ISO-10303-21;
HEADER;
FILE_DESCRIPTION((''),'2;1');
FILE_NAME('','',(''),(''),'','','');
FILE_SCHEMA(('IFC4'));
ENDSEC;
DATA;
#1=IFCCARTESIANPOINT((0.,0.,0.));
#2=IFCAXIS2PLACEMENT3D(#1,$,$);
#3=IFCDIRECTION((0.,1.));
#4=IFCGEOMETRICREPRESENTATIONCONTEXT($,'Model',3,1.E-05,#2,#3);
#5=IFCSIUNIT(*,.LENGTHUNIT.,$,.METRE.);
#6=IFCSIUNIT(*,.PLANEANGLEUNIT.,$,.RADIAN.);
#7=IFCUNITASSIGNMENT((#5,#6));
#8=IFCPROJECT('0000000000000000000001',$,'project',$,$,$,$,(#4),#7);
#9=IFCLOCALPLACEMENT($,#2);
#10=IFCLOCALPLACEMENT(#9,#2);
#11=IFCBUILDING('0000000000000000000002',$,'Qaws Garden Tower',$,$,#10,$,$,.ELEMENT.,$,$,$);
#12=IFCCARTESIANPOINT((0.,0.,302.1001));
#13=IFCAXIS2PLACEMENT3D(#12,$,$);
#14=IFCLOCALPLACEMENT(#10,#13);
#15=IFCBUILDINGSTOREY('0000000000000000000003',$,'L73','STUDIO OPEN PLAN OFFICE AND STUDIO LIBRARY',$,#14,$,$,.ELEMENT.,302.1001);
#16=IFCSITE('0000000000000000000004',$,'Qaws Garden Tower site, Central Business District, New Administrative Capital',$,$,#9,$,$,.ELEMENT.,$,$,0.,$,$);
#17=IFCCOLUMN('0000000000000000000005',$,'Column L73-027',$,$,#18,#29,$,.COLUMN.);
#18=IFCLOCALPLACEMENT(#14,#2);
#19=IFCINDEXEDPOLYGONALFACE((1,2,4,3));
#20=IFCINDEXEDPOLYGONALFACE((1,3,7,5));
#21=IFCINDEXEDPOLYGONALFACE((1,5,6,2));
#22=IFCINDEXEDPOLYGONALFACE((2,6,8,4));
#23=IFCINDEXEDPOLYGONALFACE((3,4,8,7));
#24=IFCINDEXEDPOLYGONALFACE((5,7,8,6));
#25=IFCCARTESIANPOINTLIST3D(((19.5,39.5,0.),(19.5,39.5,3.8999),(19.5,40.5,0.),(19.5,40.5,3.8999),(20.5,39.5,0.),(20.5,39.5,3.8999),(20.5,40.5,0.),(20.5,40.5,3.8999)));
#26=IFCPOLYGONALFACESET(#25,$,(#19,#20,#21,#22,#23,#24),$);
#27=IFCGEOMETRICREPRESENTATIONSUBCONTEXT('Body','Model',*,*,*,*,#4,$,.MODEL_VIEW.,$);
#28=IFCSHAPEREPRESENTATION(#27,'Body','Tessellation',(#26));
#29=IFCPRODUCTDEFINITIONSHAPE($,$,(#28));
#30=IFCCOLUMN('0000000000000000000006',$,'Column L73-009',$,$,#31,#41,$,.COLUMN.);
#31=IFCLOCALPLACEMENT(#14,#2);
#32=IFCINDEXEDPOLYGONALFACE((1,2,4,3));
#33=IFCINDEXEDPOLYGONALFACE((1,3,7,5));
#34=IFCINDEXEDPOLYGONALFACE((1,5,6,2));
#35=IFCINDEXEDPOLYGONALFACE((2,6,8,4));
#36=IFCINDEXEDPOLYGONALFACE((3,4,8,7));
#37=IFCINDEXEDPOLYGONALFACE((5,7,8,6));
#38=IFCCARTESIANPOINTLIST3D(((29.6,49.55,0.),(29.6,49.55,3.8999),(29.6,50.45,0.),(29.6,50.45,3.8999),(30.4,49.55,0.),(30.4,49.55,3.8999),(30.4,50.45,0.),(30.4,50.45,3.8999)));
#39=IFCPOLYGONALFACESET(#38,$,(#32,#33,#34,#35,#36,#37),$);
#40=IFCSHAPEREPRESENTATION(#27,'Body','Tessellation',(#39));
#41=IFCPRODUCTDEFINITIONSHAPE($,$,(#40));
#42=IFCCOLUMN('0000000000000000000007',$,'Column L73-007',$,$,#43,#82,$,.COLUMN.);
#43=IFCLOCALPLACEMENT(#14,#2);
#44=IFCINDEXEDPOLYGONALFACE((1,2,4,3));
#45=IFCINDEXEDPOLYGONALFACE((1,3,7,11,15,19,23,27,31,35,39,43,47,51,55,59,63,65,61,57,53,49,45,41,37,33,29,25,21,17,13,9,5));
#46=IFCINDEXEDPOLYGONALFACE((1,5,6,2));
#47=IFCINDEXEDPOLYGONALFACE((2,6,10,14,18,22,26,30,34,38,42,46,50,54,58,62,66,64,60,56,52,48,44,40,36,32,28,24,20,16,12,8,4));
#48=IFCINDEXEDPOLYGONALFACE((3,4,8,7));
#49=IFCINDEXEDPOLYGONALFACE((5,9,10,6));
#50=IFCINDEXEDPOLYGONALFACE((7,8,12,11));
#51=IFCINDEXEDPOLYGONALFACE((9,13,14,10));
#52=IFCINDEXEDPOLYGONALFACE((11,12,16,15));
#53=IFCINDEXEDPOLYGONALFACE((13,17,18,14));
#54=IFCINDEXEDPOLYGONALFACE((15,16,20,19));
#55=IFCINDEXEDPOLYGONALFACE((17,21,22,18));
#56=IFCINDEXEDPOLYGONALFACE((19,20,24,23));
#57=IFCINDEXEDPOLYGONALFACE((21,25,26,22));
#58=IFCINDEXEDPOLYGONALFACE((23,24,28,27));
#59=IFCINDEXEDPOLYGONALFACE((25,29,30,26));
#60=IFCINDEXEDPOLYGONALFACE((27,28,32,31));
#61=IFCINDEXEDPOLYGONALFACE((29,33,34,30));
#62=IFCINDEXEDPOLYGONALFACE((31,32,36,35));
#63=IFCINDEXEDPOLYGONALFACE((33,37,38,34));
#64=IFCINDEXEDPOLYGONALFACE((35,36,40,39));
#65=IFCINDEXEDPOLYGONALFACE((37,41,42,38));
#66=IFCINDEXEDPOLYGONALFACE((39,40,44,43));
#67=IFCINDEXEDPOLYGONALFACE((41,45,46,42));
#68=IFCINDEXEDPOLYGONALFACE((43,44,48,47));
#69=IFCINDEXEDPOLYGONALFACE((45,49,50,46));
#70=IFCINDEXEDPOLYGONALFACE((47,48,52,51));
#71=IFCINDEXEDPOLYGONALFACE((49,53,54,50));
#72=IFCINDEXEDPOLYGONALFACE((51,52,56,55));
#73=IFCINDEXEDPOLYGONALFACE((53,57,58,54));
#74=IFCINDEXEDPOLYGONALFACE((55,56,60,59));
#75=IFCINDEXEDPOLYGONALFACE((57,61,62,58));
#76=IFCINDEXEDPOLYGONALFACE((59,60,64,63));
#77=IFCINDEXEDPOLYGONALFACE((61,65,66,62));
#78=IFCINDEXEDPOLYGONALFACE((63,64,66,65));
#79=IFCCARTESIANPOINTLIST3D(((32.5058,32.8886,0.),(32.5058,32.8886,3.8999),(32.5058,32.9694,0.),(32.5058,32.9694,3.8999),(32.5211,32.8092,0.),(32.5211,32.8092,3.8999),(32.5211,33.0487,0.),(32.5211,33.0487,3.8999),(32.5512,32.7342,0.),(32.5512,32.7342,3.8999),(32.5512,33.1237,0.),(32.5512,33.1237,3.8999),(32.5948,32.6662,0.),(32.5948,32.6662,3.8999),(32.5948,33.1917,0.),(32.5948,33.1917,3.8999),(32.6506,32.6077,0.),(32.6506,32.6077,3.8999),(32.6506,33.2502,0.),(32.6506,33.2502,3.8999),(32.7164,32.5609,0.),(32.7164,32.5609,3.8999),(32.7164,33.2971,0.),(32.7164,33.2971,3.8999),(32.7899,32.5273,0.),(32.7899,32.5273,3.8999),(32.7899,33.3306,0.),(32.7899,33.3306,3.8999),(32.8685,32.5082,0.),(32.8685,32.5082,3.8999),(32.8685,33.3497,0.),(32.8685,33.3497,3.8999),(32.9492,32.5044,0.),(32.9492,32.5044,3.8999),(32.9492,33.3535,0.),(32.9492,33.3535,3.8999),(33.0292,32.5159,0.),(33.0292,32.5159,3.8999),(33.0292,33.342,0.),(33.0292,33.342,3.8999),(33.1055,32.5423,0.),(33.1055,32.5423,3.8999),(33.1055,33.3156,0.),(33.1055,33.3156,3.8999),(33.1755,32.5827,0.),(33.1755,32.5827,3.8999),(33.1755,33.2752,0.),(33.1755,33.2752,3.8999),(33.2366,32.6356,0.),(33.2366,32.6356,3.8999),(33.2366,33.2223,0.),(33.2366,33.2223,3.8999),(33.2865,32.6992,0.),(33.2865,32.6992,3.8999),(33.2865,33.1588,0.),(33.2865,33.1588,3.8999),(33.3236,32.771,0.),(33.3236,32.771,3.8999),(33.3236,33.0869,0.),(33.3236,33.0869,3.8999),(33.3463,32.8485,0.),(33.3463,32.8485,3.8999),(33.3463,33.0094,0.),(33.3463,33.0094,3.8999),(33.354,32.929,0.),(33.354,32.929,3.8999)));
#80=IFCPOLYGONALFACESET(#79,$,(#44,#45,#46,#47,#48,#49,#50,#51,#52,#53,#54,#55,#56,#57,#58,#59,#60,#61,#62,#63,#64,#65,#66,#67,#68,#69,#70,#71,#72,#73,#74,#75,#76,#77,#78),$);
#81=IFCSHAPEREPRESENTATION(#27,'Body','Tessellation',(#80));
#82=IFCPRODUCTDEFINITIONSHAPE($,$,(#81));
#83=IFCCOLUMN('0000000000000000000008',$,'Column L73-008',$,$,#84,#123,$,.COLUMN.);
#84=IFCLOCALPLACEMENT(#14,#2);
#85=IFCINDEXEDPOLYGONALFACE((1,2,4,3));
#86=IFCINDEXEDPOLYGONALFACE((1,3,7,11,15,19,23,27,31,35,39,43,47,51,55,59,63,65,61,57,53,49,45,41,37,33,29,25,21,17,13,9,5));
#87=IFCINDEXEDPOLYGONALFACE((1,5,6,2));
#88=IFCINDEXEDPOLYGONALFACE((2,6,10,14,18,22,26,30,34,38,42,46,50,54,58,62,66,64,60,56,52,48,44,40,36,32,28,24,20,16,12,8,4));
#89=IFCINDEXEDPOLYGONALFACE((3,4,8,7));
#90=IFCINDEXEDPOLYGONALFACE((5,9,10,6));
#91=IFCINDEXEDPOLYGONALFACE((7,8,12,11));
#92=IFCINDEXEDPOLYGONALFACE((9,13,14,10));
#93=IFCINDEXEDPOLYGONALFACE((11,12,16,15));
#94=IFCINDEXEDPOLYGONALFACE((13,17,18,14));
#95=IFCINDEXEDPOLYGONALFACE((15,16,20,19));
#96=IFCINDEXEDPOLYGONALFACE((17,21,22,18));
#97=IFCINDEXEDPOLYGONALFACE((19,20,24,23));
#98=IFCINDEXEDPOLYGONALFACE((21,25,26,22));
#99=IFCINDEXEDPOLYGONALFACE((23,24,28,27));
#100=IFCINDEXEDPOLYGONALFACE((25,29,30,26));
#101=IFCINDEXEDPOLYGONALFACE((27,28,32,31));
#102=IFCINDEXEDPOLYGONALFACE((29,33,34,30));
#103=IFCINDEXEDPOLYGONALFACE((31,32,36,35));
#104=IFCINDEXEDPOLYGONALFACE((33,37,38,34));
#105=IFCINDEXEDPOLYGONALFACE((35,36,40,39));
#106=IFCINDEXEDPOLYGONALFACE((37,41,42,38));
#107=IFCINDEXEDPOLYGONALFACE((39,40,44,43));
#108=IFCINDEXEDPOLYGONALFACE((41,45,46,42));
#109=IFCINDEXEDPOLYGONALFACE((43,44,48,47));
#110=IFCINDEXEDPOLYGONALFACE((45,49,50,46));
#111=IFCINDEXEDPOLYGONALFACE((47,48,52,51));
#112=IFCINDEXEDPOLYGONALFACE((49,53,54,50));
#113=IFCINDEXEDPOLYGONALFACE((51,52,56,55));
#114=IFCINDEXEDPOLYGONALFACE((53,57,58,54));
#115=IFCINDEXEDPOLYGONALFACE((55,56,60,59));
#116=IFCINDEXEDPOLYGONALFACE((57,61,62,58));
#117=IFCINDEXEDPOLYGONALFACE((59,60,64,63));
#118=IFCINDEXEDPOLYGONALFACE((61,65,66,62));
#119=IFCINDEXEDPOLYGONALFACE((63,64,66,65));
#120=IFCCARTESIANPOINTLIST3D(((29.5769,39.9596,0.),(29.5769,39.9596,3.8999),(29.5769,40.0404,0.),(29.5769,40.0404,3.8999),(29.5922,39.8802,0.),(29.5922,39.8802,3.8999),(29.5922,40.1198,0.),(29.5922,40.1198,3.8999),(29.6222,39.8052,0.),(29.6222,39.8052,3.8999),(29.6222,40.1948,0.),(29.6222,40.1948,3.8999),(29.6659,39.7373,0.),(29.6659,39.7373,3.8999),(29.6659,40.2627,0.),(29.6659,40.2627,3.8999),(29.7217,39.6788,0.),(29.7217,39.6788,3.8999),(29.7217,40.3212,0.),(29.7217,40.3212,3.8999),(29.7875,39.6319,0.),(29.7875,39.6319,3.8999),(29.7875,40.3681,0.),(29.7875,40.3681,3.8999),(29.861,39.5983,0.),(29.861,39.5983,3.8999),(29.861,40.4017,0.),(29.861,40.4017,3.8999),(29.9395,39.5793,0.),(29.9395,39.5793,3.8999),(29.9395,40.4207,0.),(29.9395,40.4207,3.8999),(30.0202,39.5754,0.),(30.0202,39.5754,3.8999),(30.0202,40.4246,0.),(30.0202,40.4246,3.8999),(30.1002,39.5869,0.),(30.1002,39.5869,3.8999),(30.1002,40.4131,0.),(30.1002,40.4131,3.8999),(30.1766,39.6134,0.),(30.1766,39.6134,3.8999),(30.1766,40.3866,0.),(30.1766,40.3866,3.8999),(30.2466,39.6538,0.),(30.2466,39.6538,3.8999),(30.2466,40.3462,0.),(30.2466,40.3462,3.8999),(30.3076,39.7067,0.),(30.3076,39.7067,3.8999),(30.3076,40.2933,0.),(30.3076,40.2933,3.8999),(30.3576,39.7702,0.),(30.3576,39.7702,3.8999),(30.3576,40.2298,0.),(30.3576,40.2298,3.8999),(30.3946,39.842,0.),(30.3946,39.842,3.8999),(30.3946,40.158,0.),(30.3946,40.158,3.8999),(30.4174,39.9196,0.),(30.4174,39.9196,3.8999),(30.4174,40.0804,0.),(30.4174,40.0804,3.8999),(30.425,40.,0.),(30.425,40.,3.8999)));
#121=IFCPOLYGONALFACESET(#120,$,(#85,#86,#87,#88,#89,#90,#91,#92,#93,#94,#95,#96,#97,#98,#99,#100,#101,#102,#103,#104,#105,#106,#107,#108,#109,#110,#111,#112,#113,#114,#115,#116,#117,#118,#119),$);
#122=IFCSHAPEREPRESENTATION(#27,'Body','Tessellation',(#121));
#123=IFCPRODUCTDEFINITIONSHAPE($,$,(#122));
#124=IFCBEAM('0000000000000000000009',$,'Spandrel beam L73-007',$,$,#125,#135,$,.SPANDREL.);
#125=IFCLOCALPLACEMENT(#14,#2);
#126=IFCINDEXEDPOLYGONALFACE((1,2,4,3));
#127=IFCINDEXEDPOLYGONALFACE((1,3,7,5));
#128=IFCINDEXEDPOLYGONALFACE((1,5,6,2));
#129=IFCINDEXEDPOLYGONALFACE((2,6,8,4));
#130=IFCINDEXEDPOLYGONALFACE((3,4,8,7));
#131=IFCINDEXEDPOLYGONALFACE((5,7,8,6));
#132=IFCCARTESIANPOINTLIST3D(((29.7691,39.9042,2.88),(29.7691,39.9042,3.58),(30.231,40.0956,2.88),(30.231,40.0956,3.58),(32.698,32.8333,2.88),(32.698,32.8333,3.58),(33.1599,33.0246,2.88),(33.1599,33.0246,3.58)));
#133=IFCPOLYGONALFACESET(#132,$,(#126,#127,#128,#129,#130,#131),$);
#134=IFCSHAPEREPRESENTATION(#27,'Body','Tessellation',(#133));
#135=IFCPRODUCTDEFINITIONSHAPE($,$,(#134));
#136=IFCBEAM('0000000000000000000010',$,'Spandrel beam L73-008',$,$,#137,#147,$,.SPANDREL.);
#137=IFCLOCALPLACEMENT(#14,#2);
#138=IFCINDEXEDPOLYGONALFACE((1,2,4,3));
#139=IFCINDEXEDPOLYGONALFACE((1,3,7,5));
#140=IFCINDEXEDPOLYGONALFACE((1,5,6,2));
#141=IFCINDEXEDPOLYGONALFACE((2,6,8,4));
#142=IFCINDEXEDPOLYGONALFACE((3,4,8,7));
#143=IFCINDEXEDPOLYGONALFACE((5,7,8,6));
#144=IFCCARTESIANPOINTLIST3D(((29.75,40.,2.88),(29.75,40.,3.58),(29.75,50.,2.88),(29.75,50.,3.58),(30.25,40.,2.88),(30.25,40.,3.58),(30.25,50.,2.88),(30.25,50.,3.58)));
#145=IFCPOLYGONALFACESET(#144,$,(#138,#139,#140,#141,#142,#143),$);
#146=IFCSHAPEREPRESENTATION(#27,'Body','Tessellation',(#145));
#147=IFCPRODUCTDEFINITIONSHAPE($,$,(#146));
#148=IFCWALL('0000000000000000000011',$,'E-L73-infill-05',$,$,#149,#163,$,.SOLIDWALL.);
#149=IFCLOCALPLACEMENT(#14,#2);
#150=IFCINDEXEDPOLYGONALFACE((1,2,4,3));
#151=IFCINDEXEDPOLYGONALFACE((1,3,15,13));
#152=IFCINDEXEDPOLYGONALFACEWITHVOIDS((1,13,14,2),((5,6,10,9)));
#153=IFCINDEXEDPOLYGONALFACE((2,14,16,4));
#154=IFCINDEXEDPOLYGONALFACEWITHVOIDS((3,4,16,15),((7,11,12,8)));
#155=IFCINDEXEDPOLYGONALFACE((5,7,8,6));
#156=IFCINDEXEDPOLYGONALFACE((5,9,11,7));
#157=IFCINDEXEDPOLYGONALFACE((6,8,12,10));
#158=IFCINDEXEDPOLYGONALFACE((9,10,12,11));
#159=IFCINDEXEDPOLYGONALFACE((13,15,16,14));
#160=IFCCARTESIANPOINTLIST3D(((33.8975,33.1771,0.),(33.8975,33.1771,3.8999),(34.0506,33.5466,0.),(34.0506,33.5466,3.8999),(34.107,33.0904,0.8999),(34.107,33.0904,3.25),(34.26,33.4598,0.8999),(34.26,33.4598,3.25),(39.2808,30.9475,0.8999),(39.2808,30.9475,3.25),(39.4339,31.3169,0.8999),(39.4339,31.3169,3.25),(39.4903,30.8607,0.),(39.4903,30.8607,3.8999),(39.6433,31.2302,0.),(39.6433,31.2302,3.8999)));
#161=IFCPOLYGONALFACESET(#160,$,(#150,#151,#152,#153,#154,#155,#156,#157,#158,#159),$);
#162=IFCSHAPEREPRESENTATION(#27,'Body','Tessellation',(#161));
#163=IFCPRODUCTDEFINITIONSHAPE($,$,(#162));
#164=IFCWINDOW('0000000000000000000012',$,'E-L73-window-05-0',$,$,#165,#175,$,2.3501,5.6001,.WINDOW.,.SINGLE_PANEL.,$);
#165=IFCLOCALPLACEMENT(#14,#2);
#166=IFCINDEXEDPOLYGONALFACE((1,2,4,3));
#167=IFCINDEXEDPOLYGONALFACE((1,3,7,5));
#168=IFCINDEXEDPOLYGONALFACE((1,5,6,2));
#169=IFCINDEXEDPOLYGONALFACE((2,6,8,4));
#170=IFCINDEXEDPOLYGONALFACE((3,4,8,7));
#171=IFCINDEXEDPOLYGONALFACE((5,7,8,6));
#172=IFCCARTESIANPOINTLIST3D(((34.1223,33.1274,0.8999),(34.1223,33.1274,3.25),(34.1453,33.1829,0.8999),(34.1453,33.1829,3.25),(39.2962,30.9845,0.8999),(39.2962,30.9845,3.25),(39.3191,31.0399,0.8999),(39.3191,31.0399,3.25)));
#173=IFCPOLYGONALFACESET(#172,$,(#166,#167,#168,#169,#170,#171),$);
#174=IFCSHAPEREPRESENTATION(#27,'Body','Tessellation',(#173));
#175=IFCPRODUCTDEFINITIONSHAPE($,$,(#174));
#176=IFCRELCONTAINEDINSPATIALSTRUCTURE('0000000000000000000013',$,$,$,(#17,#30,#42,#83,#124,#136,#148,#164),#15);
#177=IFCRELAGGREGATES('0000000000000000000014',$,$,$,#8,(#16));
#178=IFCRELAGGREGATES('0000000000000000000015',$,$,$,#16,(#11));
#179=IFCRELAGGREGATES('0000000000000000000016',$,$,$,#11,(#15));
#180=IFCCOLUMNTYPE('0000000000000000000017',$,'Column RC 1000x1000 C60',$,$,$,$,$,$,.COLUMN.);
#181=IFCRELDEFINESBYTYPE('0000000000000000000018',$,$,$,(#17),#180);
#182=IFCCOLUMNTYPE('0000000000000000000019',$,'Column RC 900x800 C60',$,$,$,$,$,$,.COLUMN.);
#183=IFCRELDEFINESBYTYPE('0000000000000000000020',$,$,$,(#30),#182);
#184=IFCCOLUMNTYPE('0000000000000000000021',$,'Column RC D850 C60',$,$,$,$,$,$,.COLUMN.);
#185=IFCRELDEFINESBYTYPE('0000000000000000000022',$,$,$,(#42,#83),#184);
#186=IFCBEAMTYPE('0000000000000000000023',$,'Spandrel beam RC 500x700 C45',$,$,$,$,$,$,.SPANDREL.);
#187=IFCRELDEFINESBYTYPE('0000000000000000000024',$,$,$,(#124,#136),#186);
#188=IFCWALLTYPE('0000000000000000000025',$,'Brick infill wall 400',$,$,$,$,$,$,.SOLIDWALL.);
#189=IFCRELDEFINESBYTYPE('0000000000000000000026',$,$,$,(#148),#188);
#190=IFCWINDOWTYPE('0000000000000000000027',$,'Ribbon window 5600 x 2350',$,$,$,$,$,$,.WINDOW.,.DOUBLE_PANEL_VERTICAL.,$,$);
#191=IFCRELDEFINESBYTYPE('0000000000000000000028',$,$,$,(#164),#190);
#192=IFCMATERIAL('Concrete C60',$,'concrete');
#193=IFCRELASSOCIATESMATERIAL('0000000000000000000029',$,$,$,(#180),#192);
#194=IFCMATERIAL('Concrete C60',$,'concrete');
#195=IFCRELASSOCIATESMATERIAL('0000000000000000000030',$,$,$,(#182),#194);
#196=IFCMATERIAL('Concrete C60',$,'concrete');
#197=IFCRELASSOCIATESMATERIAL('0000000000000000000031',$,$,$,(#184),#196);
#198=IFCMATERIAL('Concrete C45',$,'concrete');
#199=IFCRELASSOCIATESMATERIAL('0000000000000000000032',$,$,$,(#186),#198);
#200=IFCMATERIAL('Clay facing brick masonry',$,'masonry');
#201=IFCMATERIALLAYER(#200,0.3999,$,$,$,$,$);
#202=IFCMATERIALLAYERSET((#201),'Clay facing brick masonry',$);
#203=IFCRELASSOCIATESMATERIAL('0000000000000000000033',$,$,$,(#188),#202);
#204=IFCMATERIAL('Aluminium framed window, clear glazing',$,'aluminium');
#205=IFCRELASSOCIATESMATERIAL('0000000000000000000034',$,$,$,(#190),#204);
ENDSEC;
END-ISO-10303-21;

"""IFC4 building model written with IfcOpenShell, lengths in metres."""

from ifc_helpers import new_model, si_unit, direction, frame, frame_2d, origin, origin_2d, place, context, subcontext, project, spatial, rectangle, circle, extrude, material, layer, layer_set, material_profile, profile_set, type_object, element, fill, save


model = new_model("IFC4")

# Units and contexts
model_context = context("Model", 3, precision=1e-05, world=origin(), true_north=direction((0.0, 1.0)))
body_context = subcontext(model_context, "Body", "Model", "MODEL_VIEW")
ifc_project = project(units=[si_unit("LENGTHUNIT", "METRE"), si_unit("PLANEANGLEUNIT", "RADIAN")], contexts=[model_context])

# Site, building, storey
site_placement = place(None, origin())
site = spatial("IfcSite", under=ifc_project, at=site_placement, Name="Qaws Garden Tower site, Central Business District, New Administrative Capital", CompositionType="ELEMENT", RefElevation=0.0)
building_placement = place(site_placement, origin())
building = spatial("IfcBuilding", under=site, at=building_placement, Name="Qaws Garden Tower", CompositionType="ELEMENT")
storey_placement = place(building_placement, frame((0.0, 0.0, 302.1001)))
storey = spatial("IfcBuildingStorey", under=building, at=storey_placement, Name="L73", Description="STUDIO OPEN PLAN OFFICE AND STUDIO LIBRARY", CompositionType="ELEMENT", Elevation=302.1001)

# Columns
ifc_material_1 = material(Name="Concrete C60", Category="concrete")
ifc_material_profile_1 = material_profile(ifc_material_1, rectangle(XDim=1.0, YDim=1.0, at=origin_2d()), Name="RC 1000x1000")
ifc_profile_set_1 = profile_set([ifc_material_profile_1], Name="Concrete C60")
column_type_1 = type_object("IfcColumnType", Name="Column RC 1000x1000 C60", PredefinedType="COLUMN", material=ifc_profile_set_1)
column_1_placement = place(storey_placement, frame((20.0, 40.0, 0.0), z_axis=(0.0, 0.0, 1.0), x_axis=(1.0, 0.0, 0.0)))
element("IfcColumn", 1, at=column_1_placement, inside=storey, type_object=column_type_1, Name="Column L73-027", PredefinedType="COLUMN", context=body_context, shape_type="SweptSolid", body=[
    extrude(rectangle(XDim=1.0, YDim=1.0, at=origin_2d()), origin(), (0.0, 0.0, 1.0), 3.8999),
])
ifc_material_2 = material(Name="Concrete C60", Category="concrete")
ifc_material_profile_2 = material_profile(ifc_material_2, rectangle(XDim=0.8999, YDim=0.8, at=origin_2d()), Name="RC 900x800")
ifc_profile_set_2 = profile_set([ifc_material_profile_2], Name="Concrete C60")
column_type_2 = type_object("IfcColumnType", Name="Column RC 900x800 C60", PredefinedType="COLUMN", material=ifc_profile_set_2)
column_2_placement = place(storey_placement, frame((30.0, 50.0, 0.0), z_axis=(0.0, 0.0, 1.0), x_axis=(0.0, 1.0, 0.0)))
element("IfcColumn", 2, at=column_2_placement, inside=storey, type_object=column_type_2, Name="Column L73-009", PredefinedType="COLUMN", context=body_context, shape_type="SweptSolid", body=[
    extrude(rectangle(XDim=0.8999, YDim=0.8, at=origin_2d()), origin(), (0.0, 0.0, 1.0), 3.8999),
])
ifc_material_3 = material(Name="Concrete C60", Category="concrete")
ifc_material_profile_3 = material_profile(ifc_material_3, circle(Radius=0.425, at=origin_2d()), Name="RC D850")
ifc_profile_set_3 = profile_set([ifc_material_profile_3], Name="Concrete C60")
column_type_3 = type_object("IfcColumnType", Name="Column RC D850 C60", PredefinedType="COLUMN", material=ifc_profile_set_3)
for number, where, z_axis, x_axis, name in (
    (3, (32.929, 32.929, 0.0), (0.0, 0.0, 1.0), (1.0, 0.0, 0.0), "Column L73-007"),
    (4, (30.0, 40.0, 0.0), (0.0, 0.0, 1.0), (1.0, 0.0, 0.0), "Column L73-008"),
):
    element("IfcColumn", number, at=place(storey_placement, frame(where, z_axis=z_axis, x_axis=x_axis)), inside=storey, type_object=column_type_3, Name=name, PredefinedType="COLUMN", context=body_context, shape_type="SweptSolid", body=[
        extrude(circle(Radius=0.425, at=origin_2d()), origin(), (0.0, 0.0, 1.0), 3.8999),
    ])

# Beams
ifc_material_4 = material(Name="Concrete C45", Category="concrete")
ifc_material_profile_4 = material_profile(ifc_material_4, rectangle(XDim=0.5, YDim=0.7, at=origin_2d()), Name="RC 500x700")
ifc_profile_set_4 = profile_set([ifc_material_profile_4], Name="Concrete C45")
beam_type = type_object("IfcBeamType", Name="Spandrel beam RC 500x700 C45", PredefinedType="SPANDREL", material=ifc_profile_set_4)
beam_1_placement = place(storey_placement, frame((32.929, 32.929, 3.23), z_axis=(-0.382687, 0.923878, 0.0), x_axis=(-0.923878, -0.382687, 0.0)))
element("IfcBeam", 5, at=beam_1_placement, inside=storey, type_object=beam_type, Name="Spandrel beam L73-007", PredefinedType="SPANDREL", context=body_context, shape_type="SweptSolid", body=[
    extrude(rectangle(XDim=0.5, YDim=0.7, at=origin_2d()), origin(), (0.0, 0.0, 1.0), 7.6536),
])
beam_2_placement = place(storey_placement, frame((30.0, 40.0, 3.23), z_axis=(0.0, 1.0, 0.0), x_axis=(-1.0, 0.0, 0.0)))
element("IfcBeam", 6, at=beam_2_placement, inside=storey, type_object=beam_type, Name="Spandrel beam L73-008", PredefinedType="SPANDREL", context=body_context, shape_type="SweptSolid", body=[
    extrude(rectangle(XDim=0.5, YDim=0.7, at=origin_2d()), origin(), (0.0, 0.0, 1.0), 10.0),
])

# Wall, opening, window
ifc_material_5 = material(Name="Clay facing brick masonry", Category="masonry")
ifc_layer_1 = layer(ifc_material_5, 0.3999)
ifc_layer_set_1 = layer_set([ifc_layer_1], Name="Clay facing brick masonry")
wall_type_1 = type_object("IfcWallType", Name="Brick infill wall 400", PredefinedType="SOLIDWALL", material=ifc_layer_set_1)
wall_1_placement = place(storey_placement, frame((39.5669, 31.0454, 0.0), z_axis=(0.0, 0.0, 1.0), x_axis=(-0.923891, 0.382656, 0.0)))
wall_1 = element("IfcWall", 7, at=wall_1_placement, inside=storey, type_object=wall_type_1, Name="E-L73-infill-05", PredefinedType="SOLIDWALL", context=body_context, shape_type="SweptSolid", body=[
    extrude(rectangle(XDim=6.0535, YDim=0.3999, at=frame_2d((3.0269, 0.0))), origin(), (0.0, 0.0, 1.0), 3.8999),
])
opening_1_placement = place(wall_1_placement, frame((0.2268, 0.0, 0.8999)))
opening_1 = element("IfcOpeningElement", 8, at=opening_1_placement, cuts=wall_1, PredefinedType="OPENING", context=body_context, shape_type="SweptSolid", body=[
    extrude(rectangle(XDim=5.6001, YDim=2.3501, at=frame_2d((2.8, 1.175))), frame((0.0, 0.21, 0.0), z_axis=(0.0, -1.0, 0.0), x_axis=(1.0, 0.0, 0.0)), (0.0, 0.0, 1.0), 0.4199),
])
ifc_material_6 = material(Name="Aluminium framed window, clear glazing", Category="aluminium")
window_type_1 = type_object("IfcWindowType", Name="Ribbon window 5600 x 2350", PartitioningType="DOUBLE_PANEL_VERTICAL", PredefinedType="WINDOW", material=ifc_material_6)
window_1_placement = place(opening_1_placement, origin())
window_1 = element("IfcWindow", 9, at=window_1_placement, inside=storey, type_object=window_type_1, Name="E-L73-window-05-0", OverallHeight=2.3501, OverallWidth=5.6001, PartitioningType="SINGLE_PANEL", PredefinedType="WINDOW", context=body_context, shape_type="SweptSolid", body=[
    extrude(rectangle(XDim=5.6001, YDim=2.3501, at=frame_2d((2.8, 1.175))), frame((0.0, 0.1599, 0.0), z_axis=(0.0, -1.0, 0.0), x_axis=(1.0, 0.0, 0.0)), (0.0, 0.0, 1.0), 0.0601),
])
fill(opening_1, window_1)

save(model, "model.ifc")
